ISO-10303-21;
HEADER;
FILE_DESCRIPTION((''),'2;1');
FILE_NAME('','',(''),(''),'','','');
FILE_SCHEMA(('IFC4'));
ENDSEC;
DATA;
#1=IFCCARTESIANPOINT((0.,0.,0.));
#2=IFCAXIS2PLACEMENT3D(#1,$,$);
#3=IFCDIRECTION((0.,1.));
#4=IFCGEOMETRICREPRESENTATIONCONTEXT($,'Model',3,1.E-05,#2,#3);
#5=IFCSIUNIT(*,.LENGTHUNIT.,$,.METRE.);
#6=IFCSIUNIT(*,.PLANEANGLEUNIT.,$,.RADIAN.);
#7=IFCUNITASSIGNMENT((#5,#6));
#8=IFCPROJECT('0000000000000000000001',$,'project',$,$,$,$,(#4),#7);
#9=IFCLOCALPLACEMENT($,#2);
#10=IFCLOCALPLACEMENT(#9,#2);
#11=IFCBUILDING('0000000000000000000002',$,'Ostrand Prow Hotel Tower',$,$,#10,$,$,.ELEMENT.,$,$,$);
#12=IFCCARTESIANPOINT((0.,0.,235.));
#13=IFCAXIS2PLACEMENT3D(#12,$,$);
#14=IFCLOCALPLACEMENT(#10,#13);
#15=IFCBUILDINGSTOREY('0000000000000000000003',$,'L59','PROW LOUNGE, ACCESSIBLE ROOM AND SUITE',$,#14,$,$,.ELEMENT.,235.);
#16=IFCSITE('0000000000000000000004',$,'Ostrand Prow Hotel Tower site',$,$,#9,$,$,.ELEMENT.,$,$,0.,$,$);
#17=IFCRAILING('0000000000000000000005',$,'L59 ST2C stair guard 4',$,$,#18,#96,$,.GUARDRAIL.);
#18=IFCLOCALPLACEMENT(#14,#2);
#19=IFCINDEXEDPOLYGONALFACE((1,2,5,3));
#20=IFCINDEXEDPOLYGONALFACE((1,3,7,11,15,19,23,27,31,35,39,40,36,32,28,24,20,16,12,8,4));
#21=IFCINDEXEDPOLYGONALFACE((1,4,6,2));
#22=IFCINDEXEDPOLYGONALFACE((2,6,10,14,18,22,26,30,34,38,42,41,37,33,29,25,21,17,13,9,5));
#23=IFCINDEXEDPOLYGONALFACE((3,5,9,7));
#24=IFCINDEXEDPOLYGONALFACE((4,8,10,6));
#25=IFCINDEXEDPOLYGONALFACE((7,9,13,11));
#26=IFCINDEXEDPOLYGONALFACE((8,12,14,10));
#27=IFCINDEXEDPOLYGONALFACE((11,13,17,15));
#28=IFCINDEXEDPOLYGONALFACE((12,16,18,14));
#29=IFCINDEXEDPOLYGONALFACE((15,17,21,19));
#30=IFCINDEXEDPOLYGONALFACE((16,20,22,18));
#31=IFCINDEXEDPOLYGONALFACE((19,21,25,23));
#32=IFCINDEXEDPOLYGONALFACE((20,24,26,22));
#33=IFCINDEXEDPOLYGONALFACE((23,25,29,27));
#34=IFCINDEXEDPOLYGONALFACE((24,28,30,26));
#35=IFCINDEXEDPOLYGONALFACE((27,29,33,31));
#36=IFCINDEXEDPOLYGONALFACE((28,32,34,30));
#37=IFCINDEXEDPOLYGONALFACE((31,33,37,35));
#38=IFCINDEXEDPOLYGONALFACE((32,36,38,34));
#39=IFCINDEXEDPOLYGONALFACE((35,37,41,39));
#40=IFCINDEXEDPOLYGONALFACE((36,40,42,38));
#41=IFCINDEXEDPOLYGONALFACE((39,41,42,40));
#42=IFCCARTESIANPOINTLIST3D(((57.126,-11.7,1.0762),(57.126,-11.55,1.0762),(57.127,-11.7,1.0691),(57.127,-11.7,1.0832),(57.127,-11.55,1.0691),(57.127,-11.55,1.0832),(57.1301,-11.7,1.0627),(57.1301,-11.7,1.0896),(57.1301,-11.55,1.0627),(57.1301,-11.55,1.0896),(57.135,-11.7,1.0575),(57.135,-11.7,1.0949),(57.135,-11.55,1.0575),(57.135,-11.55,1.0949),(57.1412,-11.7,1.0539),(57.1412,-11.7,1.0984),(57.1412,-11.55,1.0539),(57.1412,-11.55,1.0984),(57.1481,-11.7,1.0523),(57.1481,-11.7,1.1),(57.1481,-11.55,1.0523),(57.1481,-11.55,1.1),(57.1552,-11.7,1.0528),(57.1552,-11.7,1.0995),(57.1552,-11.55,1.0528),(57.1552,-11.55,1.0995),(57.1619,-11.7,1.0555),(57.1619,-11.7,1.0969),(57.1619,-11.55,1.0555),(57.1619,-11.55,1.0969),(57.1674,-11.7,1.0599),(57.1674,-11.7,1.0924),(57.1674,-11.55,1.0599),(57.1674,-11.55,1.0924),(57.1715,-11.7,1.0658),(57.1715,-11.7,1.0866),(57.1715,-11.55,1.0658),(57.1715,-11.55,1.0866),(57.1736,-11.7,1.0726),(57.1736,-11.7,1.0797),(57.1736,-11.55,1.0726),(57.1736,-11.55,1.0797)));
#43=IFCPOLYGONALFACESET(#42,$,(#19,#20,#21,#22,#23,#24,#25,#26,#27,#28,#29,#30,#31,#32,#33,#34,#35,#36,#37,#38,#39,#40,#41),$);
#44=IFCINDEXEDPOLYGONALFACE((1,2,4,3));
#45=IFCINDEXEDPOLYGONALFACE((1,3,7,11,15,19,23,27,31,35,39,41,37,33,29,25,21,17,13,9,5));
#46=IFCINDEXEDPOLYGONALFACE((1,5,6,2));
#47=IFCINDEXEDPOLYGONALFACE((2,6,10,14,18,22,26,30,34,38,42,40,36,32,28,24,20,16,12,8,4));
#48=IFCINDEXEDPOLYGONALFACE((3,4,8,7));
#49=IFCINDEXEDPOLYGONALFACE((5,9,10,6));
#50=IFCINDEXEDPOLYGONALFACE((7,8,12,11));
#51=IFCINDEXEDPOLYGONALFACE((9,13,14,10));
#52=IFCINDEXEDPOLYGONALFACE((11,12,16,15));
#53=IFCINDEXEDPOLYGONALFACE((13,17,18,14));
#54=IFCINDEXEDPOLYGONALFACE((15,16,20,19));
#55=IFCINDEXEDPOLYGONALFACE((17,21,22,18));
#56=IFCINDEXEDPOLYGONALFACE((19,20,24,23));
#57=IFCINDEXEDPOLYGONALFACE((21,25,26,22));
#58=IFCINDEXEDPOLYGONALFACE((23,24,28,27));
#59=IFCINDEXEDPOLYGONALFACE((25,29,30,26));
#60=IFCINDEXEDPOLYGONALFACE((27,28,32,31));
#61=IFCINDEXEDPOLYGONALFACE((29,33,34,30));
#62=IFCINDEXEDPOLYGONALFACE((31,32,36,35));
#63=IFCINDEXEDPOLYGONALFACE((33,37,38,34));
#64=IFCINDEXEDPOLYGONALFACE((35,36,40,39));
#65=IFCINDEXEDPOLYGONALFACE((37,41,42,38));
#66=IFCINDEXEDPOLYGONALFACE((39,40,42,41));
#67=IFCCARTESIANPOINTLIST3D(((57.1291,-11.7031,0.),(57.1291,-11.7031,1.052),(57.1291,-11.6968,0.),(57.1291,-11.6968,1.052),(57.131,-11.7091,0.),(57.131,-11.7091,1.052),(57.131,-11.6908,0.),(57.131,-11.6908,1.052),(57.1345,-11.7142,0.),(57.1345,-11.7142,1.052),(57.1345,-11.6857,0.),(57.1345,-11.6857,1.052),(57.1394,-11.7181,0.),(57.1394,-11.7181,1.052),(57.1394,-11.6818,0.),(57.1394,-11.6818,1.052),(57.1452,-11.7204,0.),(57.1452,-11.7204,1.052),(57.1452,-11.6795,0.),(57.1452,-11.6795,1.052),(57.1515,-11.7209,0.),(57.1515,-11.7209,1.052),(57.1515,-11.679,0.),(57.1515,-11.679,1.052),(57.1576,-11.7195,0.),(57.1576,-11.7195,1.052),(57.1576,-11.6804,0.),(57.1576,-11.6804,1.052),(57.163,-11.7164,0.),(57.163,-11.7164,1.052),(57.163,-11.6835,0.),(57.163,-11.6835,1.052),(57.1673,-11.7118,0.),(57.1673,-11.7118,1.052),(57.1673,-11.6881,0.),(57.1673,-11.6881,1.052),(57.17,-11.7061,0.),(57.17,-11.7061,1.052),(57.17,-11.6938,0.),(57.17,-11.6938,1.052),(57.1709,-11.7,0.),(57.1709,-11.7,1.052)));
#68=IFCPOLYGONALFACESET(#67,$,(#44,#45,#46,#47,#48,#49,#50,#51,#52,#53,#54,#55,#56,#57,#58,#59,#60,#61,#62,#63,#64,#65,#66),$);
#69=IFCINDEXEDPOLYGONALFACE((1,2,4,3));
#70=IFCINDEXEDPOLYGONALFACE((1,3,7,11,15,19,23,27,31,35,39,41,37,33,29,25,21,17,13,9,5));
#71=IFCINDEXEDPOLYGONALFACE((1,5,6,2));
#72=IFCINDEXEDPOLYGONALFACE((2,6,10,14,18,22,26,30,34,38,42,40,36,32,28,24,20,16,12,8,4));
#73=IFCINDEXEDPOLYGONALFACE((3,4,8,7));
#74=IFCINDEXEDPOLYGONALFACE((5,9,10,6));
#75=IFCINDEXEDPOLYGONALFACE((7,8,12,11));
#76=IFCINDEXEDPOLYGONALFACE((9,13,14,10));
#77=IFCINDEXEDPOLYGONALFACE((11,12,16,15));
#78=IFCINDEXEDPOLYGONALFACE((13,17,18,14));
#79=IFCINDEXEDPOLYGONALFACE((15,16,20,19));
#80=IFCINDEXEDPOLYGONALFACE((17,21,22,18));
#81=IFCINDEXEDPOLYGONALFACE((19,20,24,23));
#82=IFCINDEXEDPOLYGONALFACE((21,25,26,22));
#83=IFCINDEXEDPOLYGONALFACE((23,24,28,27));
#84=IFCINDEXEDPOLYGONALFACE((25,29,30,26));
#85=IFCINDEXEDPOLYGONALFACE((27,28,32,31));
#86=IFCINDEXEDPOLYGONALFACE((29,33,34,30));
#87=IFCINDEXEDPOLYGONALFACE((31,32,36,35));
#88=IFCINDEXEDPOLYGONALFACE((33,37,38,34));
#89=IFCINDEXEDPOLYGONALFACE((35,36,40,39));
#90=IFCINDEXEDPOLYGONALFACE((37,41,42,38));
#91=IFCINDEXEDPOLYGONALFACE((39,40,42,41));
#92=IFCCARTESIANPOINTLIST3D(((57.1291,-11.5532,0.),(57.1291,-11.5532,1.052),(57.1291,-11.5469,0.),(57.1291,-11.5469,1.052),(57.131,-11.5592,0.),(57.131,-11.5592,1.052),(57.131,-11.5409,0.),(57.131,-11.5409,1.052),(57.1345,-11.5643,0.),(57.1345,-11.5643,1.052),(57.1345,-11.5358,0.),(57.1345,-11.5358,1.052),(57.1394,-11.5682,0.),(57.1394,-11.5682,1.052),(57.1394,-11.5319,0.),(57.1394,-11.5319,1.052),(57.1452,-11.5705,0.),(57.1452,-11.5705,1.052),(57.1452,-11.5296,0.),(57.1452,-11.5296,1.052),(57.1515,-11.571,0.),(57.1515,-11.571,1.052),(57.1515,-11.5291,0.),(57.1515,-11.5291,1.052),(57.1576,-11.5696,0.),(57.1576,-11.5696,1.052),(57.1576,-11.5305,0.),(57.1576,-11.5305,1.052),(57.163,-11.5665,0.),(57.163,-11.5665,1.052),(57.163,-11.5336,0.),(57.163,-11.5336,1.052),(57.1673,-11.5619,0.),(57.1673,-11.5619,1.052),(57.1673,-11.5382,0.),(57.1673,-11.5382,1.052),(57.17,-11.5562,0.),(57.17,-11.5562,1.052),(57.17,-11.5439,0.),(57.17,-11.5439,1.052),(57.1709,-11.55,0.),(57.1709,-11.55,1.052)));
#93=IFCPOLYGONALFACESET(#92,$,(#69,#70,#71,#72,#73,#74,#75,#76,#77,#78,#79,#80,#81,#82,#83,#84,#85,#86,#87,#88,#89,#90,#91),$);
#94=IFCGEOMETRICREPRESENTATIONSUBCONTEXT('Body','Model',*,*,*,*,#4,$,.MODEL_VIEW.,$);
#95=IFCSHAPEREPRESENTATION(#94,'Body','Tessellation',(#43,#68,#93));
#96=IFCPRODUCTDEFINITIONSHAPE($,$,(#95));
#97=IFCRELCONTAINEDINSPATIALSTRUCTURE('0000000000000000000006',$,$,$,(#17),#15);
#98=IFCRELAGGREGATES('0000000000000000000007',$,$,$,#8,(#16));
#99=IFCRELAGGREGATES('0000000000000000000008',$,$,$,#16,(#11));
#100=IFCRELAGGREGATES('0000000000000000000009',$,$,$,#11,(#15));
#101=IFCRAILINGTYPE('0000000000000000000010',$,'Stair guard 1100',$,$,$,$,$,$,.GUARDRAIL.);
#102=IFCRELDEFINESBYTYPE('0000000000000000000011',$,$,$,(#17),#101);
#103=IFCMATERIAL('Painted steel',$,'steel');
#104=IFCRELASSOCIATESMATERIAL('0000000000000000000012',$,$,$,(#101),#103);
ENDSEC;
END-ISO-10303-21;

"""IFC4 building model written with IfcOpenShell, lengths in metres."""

from ifc_helpers import new_model, si_unit, direction, frame, origin, origin_2d, place, context, subcontext, project, spatial, circle, extrude, material, type_object, element, save


model = new_model("IFC4")

# Units and contexts
model_context = context("Model", 3, precision=1e-05, world=origin(), true_north=direction((0.0, 1.0)))
body_context = subcontext(model_context, "Body", "Model", "MODEL_VIEW")
ifc_project = project(units=[si_unit("LENGTHUNIT", "METRE"), si_unit("PLANEANGLEUNIT", "RADIAN")], contexts=[model_context])

# Site, building, storey
site_placement = place(None, origin())
site = spatial("IfcSite", under=ifc_project, at=site_placement, Name="Ostrand Prow Hotel Tower site", CompositionType="ELEMENT", RefElevation=0.0)
building_placement = place(site_placement, origin())
building = spatial("IfcBuilding", under=site, at=building_placement, Name="Ostrand Prow Hotel Tower", CompositionType="ELEMENT")
storey_placement = place(building_placement, frame((0.0, 0.0, 235.0)))
storey = spatial("IfcBuildingStorey", under=building, at=storey_placement, Name="L59", Description="PROW LOUNGE, ACCESSIBLE ROOM AND SUITE", CompositionType="ELEMENT", Elevation=235.0)

# Railing
ifc_material_1 = material(Name="Painted steel", Category="steel")
railing_type_1 = type_object("IfcRailingType", Name="Stair guard 1100", PredefinedType="GUARDRAIL", material=ifc_material_1)
railing_1_placement = place(storey_placement, frame((57.1499, -11.7, 0.0)))
element("IfcRailing", 1, at=railing_1_placement, inside=storey, type_object=railing_type_1, Name="L59 ST2C stair guard 4", PredefinedType="GUARDRAIL", context=body_context, shape_type="SweptSolid", body=[
    extrude(circle(Radius=0.0239, at=origin_2d()), frame((0.0, 0.0, 1.0762), z_axis=(0.0, 1.0, 0.0), x_axis=(-1.0, 0.0, 0.0)), (0.0, 0.0, 1.0), 0.1499),
    extrude(circle(Radius=0.021, at=origin_2d()), origin(), (0.0, 0.0, 1.0), 1.052),
    extrude(circle(Radius=0.021, at=origin_2d()), frame((0.0, 0.1499, 0.0)), (0.0, 0.0, 1.0), 1.052),
])

save(model, "model.ifc")
